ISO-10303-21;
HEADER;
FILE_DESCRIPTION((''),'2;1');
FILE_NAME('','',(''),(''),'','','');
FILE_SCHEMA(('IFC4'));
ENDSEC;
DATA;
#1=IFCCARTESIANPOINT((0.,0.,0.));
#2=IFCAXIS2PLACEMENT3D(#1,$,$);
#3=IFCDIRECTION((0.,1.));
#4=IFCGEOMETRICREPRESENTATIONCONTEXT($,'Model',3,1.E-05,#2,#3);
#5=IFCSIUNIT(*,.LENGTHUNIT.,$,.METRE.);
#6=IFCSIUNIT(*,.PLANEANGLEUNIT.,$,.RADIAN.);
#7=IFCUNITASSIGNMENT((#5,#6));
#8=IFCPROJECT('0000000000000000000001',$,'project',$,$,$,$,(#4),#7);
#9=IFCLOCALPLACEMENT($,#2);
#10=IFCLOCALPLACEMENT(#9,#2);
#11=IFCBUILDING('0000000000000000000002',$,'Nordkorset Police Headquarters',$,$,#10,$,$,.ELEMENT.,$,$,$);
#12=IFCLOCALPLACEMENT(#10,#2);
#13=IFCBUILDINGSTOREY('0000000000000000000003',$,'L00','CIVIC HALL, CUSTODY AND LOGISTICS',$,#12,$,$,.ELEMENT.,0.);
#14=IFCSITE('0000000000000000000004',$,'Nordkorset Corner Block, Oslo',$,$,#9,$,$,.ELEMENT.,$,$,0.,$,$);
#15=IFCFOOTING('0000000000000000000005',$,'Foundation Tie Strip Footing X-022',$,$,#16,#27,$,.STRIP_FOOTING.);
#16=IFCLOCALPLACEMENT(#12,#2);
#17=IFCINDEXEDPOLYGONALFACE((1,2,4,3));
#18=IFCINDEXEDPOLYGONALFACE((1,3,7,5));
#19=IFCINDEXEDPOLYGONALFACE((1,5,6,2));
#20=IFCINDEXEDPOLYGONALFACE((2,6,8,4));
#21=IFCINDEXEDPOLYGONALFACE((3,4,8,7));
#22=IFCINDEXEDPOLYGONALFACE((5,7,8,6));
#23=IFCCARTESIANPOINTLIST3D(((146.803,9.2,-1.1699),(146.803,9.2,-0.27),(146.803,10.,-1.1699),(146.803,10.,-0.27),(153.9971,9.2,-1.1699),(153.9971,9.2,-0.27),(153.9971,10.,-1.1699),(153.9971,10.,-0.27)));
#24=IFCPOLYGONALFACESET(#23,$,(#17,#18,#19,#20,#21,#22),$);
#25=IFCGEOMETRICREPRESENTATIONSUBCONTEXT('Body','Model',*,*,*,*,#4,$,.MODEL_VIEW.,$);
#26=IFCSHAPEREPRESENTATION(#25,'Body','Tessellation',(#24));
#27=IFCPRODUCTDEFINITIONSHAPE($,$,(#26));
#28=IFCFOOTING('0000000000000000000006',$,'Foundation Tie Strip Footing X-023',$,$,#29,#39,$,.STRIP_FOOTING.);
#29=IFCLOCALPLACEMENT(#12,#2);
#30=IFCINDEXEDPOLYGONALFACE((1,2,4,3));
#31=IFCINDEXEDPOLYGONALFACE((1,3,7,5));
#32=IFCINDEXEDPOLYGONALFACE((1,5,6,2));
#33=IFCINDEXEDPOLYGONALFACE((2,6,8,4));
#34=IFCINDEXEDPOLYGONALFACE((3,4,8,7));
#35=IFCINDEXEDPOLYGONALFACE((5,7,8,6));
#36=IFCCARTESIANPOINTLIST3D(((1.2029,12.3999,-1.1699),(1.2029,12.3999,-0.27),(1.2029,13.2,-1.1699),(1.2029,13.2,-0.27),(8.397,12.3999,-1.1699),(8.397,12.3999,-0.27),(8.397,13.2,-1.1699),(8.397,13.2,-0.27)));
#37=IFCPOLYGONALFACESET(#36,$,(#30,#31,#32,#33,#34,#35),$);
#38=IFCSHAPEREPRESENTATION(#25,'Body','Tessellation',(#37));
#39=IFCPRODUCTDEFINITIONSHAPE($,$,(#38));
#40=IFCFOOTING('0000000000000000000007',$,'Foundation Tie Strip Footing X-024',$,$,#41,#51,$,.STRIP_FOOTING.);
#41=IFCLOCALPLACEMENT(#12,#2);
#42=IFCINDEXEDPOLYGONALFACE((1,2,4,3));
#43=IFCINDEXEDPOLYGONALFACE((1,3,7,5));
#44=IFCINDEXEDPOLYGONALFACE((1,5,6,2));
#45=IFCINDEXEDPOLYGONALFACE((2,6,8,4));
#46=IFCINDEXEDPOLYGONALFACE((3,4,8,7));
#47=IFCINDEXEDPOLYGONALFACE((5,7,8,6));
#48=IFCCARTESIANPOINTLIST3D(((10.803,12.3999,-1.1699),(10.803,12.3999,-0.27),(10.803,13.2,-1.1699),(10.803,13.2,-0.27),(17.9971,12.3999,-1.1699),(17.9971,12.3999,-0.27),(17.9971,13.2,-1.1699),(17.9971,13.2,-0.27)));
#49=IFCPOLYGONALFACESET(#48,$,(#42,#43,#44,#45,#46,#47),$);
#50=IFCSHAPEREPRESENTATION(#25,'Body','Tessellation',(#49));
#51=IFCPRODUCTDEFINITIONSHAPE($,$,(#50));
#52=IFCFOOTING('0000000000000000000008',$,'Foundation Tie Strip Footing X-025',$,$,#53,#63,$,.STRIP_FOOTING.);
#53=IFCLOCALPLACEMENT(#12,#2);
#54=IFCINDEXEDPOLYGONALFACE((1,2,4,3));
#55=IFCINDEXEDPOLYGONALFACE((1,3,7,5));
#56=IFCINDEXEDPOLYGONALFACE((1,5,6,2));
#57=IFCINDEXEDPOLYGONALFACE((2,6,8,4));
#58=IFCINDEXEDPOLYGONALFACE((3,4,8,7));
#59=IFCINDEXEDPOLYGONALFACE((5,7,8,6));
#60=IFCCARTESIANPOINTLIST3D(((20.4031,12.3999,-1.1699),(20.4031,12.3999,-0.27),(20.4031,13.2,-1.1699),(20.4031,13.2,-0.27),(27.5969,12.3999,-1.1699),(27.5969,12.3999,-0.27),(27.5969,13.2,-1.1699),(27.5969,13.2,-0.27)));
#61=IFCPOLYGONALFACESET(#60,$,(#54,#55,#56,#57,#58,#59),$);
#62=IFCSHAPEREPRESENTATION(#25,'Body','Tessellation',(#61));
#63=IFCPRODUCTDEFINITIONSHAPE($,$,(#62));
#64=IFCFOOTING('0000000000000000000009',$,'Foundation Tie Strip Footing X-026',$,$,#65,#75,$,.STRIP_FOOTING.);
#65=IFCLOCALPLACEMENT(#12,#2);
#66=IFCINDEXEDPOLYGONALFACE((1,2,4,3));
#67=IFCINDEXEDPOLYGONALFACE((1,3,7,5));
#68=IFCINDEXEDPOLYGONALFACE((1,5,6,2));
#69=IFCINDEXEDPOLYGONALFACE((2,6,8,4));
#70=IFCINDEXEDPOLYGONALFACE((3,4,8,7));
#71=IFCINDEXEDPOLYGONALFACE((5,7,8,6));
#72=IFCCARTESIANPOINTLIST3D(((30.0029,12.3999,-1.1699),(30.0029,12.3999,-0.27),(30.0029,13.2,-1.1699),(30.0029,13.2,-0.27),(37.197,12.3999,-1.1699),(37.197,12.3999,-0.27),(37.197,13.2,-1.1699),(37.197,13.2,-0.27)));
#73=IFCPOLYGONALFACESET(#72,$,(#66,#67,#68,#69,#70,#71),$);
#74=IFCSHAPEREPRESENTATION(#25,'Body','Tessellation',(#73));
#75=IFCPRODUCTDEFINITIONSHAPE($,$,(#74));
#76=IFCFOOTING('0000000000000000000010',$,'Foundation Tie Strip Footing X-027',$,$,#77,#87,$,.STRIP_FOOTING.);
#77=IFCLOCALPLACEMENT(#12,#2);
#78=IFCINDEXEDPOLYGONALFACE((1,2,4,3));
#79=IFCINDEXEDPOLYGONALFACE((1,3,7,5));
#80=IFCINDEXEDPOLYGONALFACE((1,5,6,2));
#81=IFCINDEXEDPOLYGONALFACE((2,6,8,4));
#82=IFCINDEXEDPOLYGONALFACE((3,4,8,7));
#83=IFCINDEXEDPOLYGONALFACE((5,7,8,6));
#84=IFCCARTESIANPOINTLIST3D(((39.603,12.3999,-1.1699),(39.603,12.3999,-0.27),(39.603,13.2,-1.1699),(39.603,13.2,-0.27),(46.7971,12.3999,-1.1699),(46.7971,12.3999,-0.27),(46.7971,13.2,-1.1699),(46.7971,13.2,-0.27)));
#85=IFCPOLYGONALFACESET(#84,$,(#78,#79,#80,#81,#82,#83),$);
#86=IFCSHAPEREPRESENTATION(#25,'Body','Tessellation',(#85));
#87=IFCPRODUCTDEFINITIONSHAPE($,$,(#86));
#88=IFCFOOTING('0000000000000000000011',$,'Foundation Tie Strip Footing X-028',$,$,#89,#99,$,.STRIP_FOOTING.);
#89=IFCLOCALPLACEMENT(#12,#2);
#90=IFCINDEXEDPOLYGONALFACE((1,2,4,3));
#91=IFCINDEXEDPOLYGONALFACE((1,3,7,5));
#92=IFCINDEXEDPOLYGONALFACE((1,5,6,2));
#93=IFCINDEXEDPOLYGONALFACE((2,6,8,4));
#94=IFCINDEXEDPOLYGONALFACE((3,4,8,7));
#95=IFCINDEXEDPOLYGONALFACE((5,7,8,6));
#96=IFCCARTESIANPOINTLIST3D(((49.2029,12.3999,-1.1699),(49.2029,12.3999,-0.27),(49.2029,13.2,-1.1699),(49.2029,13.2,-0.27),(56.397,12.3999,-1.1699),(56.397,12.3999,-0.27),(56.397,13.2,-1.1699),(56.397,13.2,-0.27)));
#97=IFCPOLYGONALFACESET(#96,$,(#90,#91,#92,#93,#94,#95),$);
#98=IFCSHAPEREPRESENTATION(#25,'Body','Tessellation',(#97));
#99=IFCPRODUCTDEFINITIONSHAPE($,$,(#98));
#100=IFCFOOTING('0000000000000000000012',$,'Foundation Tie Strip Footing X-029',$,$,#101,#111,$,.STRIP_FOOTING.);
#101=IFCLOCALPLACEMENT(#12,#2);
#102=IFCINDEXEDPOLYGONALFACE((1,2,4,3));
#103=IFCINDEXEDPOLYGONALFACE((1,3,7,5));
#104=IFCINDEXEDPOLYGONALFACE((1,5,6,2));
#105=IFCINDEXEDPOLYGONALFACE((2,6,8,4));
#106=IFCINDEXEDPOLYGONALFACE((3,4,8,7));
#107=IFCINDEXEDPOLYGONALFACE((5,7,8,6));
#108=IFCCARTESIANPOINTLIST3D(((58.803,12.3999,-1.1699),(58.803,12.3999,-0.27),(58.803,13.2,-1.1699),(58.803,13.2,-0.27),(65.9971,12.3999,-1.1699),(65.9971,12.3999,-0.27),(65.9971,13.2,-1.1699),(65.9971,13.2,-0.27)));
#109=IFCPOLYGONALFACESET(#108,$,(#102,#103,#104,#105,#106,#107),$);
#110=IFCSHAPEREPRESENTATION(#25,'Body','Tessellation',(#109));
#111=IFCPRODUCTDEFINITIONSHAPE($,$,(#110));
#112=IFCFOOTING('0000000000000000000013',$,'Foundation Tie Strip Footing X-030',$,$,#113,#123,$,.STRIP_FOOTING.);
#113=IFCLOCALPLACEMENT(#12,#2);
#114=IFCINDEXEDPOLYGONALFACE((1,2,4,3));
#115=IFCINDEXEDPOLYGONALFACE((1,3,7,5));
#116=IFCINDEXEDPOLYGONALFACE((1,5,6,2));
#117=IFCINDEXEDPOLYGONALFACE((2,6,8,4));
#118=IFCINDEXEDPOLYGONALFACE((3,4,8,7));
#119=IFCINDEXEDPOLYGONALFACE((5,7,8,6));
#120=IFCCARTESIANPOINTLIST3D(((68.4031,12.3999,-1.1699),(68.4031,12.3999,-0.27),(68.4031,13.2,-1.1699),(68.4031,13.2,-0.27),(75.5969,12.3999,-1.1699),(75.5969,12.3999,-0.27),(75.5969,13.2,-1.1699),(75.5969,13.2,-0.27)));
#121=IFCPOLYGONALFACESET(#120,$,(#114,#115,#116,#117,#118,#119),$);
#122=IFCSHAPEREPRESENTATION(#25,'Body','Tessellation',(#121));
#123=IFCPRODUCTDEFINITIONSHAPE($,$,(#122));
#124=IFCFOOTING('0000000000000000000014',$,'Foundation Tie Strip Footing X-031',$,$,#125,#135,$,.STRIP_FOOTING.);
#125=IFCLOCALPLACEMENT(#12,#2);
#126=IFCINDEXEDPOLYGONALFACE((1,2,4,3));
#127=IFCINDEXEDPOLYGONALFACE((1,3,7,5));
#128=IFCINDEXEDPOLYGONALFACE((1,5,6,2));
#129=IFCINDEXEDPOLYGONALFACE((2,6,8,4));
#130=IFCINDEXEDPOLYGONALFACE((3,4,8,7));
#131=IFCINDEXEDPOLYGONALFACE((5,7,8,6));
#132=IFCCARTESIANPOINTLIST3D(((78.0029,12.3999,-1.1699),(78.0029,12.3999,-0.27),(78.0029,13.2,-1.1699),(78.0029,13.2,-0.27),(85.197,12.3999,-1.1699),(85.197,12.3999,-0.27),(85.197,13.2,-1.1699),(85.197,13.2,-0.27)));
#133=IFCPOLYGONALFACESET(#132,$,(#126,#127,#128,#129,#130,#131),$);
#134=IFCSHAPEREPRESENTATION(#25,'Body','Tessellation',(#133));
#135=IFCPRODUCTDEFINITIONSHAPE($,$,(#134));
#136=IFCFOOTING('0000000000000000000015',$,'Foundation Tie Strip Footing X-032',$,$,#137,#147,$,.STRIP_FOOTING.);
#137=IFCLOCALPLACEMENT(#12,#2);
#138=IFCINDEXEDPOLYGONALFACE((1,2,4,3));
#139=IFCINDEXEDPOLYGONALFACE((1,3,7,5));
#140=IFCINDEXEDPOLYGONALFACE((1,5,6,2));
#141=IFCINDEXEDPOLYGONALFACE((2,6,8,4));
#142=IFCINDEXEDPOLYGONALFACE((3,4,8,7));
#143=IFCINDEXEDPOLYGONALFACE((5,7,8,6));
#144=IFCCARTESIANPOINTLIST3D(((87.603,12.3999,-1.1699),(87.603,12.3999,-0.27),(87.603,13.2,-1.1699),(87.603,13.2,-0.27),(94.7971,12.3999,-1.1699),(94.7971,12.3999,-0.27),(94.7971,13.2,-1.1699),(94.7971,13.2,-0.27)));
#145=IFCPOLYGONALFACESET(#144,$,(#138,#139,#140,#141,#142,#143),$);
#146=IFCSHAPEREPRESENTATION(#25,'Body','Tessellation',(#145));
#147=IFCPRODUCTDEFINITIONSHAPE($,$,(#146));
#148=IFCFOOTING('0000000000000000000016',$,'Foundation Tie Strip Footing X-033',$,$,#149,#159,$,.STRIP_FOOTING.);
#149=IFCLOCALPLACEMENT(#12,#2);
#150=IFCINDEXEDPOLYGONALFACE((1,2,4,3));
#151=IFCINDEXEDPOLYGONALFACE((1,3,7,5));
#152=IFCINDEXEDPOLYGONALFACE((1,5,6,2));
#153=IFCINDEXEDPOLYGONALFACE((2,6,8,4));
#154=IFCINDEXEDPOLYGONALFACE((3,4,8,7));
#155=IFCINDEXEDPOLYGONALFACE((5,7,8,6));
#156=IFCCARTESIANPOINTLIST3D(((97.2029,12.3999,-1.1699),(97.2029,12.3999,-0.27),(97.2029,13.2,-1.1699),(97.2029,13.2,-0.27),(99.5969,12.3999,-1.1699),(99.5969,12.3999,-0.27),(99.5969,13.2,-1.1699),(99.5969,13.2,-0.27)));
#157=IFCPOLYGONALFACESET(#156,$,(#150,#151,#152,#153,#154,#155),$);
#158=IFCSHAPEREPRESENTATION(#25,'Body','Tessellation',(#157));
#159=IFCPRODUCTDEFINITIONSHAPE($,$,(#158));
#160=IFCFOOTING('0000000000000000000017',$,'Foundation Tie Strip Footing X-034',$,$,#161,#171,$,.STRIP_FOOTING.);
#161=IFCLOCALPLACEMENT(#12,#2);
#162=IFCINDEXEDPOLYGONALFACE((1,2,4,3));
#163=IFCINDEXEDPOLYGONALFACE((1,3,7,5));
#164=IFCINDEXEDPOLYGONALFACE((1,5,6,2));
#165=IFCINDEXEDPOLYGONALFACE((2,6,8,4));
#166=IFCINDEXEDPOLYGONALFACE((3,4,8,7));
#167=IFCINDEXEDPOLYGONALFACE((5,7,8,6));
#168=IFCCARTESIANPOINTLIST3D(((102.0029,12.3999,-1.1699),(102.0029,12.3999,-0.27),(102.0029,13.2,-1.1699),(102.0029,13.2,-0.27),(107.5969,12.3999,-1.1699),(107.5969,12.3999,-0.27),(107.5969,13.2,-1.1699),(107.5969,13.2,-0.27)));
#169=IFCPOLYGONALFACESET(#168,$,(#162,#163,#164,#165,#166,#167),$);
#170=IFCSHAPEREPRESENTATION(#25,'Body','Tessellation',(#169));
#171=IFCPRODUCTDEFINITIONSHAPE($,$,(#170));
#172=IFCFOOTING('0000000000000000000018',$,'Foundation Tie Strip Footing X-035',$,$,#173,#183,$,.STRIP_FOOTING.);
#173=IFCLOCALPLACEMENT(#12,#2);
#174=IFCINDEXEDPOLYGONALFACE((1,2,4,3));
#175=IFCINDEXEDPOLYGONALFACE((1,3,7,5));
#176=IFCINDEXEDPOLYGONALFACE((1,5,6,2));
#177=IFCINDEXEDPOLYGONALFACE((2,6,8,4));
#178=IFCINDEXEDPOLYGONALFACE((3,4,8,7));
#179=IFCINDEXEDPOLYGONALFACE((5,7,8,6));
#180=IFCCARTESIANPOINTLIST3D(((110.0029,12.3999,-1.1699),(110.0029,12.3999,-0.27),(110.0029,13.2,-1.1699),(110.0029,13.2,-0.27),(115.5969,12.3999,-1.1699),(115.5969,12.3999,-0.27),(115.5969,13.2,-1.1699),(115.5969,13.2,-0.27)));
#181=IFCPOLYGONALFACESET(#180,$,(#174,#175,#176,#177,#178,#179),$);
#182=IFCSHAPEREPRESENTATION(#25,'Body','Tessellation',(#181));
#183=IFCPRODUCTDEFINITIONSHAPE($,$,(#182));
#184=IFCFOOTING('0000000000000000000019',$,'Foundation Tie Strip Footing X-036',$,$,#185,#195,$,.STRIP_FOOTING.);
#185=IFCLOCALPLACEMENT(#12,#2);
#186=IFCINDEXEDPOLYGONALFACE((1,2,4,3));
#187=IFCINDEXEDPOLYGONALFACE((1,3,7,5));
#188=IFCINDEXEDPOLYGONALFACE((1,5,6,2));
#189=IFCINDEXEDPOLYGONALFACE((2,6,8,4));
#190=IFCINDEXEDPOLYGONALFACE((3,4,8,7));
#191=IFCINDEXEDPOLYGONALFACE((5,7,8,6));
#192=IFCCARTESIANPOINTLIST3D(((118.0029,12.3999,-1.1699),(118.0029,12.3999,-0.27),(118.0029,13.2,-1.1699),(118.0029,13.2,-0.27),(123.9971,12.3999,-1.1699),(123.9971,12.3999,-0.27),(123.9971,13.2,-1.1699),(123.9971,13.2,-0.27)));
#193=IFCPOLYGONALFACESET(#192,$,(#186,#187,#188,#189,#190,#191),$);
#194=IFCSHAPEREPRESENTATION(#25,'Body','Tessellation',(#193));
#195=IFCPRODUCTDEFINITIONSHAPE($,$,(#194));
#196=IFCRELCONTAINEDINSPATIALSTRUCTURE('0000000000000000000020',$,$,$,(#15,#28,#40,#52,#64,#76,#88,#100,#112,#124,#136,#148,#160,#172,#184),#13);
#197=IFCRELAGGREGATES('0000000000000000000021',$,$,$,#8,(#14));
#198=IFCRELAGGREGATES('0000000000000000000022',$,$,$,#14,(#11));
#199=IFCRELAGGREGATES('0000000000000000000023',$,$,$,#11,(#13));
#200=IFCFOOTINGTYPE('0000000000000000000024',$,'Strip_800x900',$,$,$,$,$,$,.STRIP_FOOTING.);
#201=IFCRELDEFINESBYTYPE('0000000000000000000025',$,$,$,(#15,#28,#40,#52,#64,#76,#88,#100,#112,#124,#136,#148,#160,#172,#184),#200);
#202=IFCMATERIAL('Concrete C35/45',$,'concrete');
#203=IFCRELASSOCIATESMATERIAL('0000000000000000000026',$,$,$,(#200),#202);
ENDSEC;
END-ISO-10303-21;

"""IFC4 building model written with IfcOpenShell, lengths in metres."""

from ifc_helpers import new_model, si_unit, direction, frame, origin, place, context, subcontext, project, spatial, polyline, outline, extrude, material, type_object, element, save


model = new_model("IFC4")

# Units and contexts
model_context = context("Model", 3, precision=1e-05, world=origin(), true_north=direction((0.0, 1.0)))
body_context = subcontext(model_context, "Body", "Model", "MODEL_VIEW")
ifc_project = project(units=[si_unit("LENGTHUNIT", "METRE"), si_unit("PLANEANGLEUNIT", "RADIAN")], contexts=[model_context])

# Site, building, storey
site_placement = place(None, origin())
site = spatial("IfcSite", under=ifc_project, at=site_placement, Name="Nordkorset Corner Block, Oslo", CompositionType="ELEMENT", RefElevation=0.0)
building_placement = place(site_placement, origin())
building = spatial("IfcBuilding", under=site, at=building_placement, Name="Nordkorset Police Headquarters", CompositionType="ELEMENT")
storey_placement = place(building_placement, origin())
storey = spatial("IfcBuildingStorey", under=building, at=storey_placement, Name="L00", Description="CIVIC HALL, CUSTODY AND LOGISTICS", CompositionType="ELEMENT", Elevation=0.0)

# Footings
ifc_material = material(Name="Concrete C35/45", Category="concrete")
footing_type = type_object("IfcFootingType", Name="Strip_800x900", PredefinedType="STRIP_FOOTING", material=ifc_material)
footing_1_placement = place(storey_placement, frame((0.0, 0.0, -1.1699)))
element("IfcFooting", 1, at=footing_1_placement, inside=storey, type_object=footing_type, Name="Foundation Tie Strip Footing X-022", PredefinedType="STRIP_FOOTING", context=body_context, shape_type="SweptSolid", body=[
    extrude(outline(polyline([(146.803, 9.2), (153.9971, 9.2), (153.9971, 10.0), (146.803, 10.0), (146.803, 9.2)])), origin(), (0.0, 0.0, 1.0), 0.8999),
])
footing_2_placement = place(storey_placement, frame((0.0, 0.0, -1.1699)))
element("IfcFooting", 2, at=footing_2_placement, inside=storey, type_object=footing_type, Name="Foundation Tie Strip Footing X-023", PredefinedType="STRIP_FOOTING", context=body_context, shape_type="SweptSolid", body=[
    extrude(outline(polyline([(1.2029, 12.3999), (8.397, 12.3999), (8.397, 13.2), (1.2029, 13.2), (1.2029, 12.3999)])), origin(), (0.0, 0.0, 1.0), 0.8999),
])
footing_3_placement = place(storey_placement, frame((0.0, 0.0, -1.1699)))
element("IfcFooting", 3, at=footing_3_placement, inside=storey, type_object=footing_type, Name="Foundation Tie Strip Footing X-024", PredefinedType="STRIP_FOOTING", context=body_context, shape_type="SweptSolid", body=[
    extrude(outline(polyline([(10.803, 12.3999), (17.9971, 12.3999), (17.9971, 13.2), (10.803, 13.2), (10.803, 12.3999)])), origin(), (0.0, 0.0, 1.0), 0.8999),
])
footing_4_placement = place(storey_placement, frame((0.0, 0.0, -1.1699)))
element("IfcFooting", 4, at=footing_4_placement, inside=storey, type_object=footing_type, Name="Foundation Tie Strip Footing X-025", PredefinedType="STRIP_FOOTING", context=body_context, shape_type="SweptSolid", body=[
    extrude(outline(polyline([(20.4031, 12.3999), (27.5969, 12.3999), (27.5969, 13.2), (20.4031, 13.2), (20.4031, 12.3999)])), origin(), (0.0, 0.0, 1.0), 0.8999),
])
footing_5_placement = place(storey_placement, frame((0.0, 0.0, -1.1699)))
element("IfcFooting", 5, at=footing_5_placement, inside=storey, type_object=footing_type, Name="Foundation Tie Strip Footing X-026", PredefinedType="STRIP_FOOTING", context=body_context, shape_type="SweptSolid", body=[
    extrude(outline(polyline([(30.0029, 12.3999), (37.197, 12.3999), (37.197, 13.2), (30.0029, 13.2), (30.0029, 12.3999)])), origin(), (0.0, 0.0, 1.0), 0.8999),
])
footing_6_placement = place(storey_placement, frame((0.0, 0.0, -1.1699)))
element("IfcFooting", 6, at=footing_6_placement, inside=storey, type_object=footing_type, Name="Foundation Tie Strip Footing X-027", PredefinedType="STRIP_FOOTING", context=body_context, shape_type="SweptSolid", body=[
    extrude(outline(polyline([(39.603, 12.3999), (46.7971, 12.3999), (46.7971, 13.2), (39.603, 13.2), (39.603, 12.3999)])), origin(), (0.0, 0.0, 1.0), 0.8999),
])
footing_7_placement = place(storey_placement, frame((0.0, 0.0, -1.1699)))
element("IfcFooting", 7, at=footing_7_placement, inside=storey, type_object=footing_type, Name="Foundation Tie Strip Footing X-028", PredefinedType="STRIP_FOOTING", context=body_context, shape_type="SweptSolid", body=[
    extrude(outline(polyline([(49.2029, 12.3999), (56.397, 12.3999), (56.397, 13.2), (49.2029, 13.2), (49.2029, 12.3999)])), origin(), (0.0, 0.0, 1.0), 0.8999),
])
footing_8_placement = place(storey_placement, frame((0.0, 0.0, -1.1699)))
element("IfcFooting", 8, at=footing_8_placement, inside=storey, type_object=footing_type, Name="Foundation Tie Strip Footing X-029", PredefinedType="STRIP_FOOTING", context=body_context, shape_type="SweptSolid", body=[
    extrude(outline(polyline([(58.803, 12.3999), (65.9971, 12.3999), (65.9971, 13.2), (58.803, 13.2), (58.803, 12.3999)])), origin(), (0.0, 0.0, 1.0), 0.8999),
])
footing_9_placement = place(storey_placement, frame((0.0, 0.0, -1.1699)))
element("IfcFooting", 9, at=footing_9_placement, inside=storey, type_object=footing_type, Name="Foundation Tie Strip Footing X-030", PredefinedType="STRIP_FOOTING", context=body_context, shape_type="SweptSolid", body=[
    extrude(outline(polyline([(68.4031, 12.3999), (75.5969, 12.3999), (75.5969, 13.2), (68.4031, 13.2), (68.4031, 12.3999)])), origin(), (0.0, 0.0, 1.0), 0.8999),
])
footing_10_placement = place(storey_placement, frame((0.0, 0.0, -1.1699)))
element("IfcFooting", 10, at=footing_10_placement, inside=storey, type_object=footing_type, Name="Foundation Tie Strip Footing X-031", PredefinedType="STRIP_FOOTING", context=body_context, shape_type="SweptSolid", body=[
    extrude(outline(polyline([(78.0029, 12.3999), (85.197, 12.3999), (85.197, 13.2), (78.0029, 13.2), (78.0029, 12.3999)])), origin(), (0.0, 0.0, 1.0), 0.8999),
])
footing_11_placement = place(storey_placement, frame((0.0, 0.0, -1.1699)))
element("IfcFooting", 11, at=footing_11_placement, inside=storey, type_object=footing_type, Name="Foundation Tie Strip Footing X-032", PredefinedType="STRIP_FOOTING", context=body_context, shape_type="SweptSolid", body=[
    extrude(outline(polyline([(87.603, 12.3999), (94.7971, 12.3999), (94.7971, 13.2), (87.603, 13.2), (87.603, 12.3999)])), origin(), (0.0, 0.0, 1.0), 0.8999),
])
footing_12_placement = place(storey_placement, frame((0.0, 0.0, -1.1699)))
element("IfcFooting", 12, at=footing_12_placement, inside=storey, type_object=footing_type, Name="Foundation Tie Strip Footing X-033", PredefinedType="STRIP_FOOTING", context=body_context, shape_type="SweptSolid", body=[
    extrude(outline(polyline([(97.2029, 12.3999), (99.5969, 12.3999), (99.5969, 13.2), (97.2029, 13.2), (97.2029, 12.3999)])), origin(), (0.0, 0.0, 1.0), 0.8999),
])
footing_13_placement = place(storey_placement, frame((0.0, 0.0, -1.1699)))
element("IfcFooting", 13, at=footing_13_placement, inside=storey, type_object=footing_type, Name="Foundation Tie Strip Footing X-034", PredefinedType="STRIP_FOOTING", context=body_context, shape_type="SweptSolid", body=[
    extrude(outline(polyline([(102.0029, 12.3999), (107.5969, 12.3999), (107.5969, 13.2), (102.0029, 13.2), (102.0029, 12.3999)])), origin(), (0.0, 0.0, 1.0), 0.8999),
])
footing_14_placement = place(storey_placement, frame((0.0, 0.0, -1.1699)))
element("IfcFooting", 14, at=footing_14_placement, inside=storey, type_object=footing_type, Name="Foundation Tie Strip Footing X-035", PredefinedType="STRIP_FOOTING", context=body_context, shape_type="SweptSolid", body=[
    extrude(outline(polyline([(110.0029, 12.3999), (115.5969, 12.3999), (115.5969, 13.2), (110.0029, 13.2), (110.0029, 12.3999)])), origin(), (0.0, 0.0, 1.0), 0.8999),
])
footing_15_placement = place(storey_placement, frame((0.0, 0.0, -1.1699)))
element("IfcFooting", 15, at=footing_15_placement, inside=storey, type_object=footing_type, Name="Foundation Tie Strip Footing X-036", PredefinedType="STRIP_FOOTING", context=body_context, shape_type="SweptSolid", body=[
    extrude(outline(polyline([(118.0029, 12.3999), (123.9971, 12.3999), (123.9971, 13.2), (118.0029, 13.2), (118.0029, 12.3999)])), origin(), (0.0, 0.0, 1.0), 0.8999),
])

save(model, "model.ifc")
